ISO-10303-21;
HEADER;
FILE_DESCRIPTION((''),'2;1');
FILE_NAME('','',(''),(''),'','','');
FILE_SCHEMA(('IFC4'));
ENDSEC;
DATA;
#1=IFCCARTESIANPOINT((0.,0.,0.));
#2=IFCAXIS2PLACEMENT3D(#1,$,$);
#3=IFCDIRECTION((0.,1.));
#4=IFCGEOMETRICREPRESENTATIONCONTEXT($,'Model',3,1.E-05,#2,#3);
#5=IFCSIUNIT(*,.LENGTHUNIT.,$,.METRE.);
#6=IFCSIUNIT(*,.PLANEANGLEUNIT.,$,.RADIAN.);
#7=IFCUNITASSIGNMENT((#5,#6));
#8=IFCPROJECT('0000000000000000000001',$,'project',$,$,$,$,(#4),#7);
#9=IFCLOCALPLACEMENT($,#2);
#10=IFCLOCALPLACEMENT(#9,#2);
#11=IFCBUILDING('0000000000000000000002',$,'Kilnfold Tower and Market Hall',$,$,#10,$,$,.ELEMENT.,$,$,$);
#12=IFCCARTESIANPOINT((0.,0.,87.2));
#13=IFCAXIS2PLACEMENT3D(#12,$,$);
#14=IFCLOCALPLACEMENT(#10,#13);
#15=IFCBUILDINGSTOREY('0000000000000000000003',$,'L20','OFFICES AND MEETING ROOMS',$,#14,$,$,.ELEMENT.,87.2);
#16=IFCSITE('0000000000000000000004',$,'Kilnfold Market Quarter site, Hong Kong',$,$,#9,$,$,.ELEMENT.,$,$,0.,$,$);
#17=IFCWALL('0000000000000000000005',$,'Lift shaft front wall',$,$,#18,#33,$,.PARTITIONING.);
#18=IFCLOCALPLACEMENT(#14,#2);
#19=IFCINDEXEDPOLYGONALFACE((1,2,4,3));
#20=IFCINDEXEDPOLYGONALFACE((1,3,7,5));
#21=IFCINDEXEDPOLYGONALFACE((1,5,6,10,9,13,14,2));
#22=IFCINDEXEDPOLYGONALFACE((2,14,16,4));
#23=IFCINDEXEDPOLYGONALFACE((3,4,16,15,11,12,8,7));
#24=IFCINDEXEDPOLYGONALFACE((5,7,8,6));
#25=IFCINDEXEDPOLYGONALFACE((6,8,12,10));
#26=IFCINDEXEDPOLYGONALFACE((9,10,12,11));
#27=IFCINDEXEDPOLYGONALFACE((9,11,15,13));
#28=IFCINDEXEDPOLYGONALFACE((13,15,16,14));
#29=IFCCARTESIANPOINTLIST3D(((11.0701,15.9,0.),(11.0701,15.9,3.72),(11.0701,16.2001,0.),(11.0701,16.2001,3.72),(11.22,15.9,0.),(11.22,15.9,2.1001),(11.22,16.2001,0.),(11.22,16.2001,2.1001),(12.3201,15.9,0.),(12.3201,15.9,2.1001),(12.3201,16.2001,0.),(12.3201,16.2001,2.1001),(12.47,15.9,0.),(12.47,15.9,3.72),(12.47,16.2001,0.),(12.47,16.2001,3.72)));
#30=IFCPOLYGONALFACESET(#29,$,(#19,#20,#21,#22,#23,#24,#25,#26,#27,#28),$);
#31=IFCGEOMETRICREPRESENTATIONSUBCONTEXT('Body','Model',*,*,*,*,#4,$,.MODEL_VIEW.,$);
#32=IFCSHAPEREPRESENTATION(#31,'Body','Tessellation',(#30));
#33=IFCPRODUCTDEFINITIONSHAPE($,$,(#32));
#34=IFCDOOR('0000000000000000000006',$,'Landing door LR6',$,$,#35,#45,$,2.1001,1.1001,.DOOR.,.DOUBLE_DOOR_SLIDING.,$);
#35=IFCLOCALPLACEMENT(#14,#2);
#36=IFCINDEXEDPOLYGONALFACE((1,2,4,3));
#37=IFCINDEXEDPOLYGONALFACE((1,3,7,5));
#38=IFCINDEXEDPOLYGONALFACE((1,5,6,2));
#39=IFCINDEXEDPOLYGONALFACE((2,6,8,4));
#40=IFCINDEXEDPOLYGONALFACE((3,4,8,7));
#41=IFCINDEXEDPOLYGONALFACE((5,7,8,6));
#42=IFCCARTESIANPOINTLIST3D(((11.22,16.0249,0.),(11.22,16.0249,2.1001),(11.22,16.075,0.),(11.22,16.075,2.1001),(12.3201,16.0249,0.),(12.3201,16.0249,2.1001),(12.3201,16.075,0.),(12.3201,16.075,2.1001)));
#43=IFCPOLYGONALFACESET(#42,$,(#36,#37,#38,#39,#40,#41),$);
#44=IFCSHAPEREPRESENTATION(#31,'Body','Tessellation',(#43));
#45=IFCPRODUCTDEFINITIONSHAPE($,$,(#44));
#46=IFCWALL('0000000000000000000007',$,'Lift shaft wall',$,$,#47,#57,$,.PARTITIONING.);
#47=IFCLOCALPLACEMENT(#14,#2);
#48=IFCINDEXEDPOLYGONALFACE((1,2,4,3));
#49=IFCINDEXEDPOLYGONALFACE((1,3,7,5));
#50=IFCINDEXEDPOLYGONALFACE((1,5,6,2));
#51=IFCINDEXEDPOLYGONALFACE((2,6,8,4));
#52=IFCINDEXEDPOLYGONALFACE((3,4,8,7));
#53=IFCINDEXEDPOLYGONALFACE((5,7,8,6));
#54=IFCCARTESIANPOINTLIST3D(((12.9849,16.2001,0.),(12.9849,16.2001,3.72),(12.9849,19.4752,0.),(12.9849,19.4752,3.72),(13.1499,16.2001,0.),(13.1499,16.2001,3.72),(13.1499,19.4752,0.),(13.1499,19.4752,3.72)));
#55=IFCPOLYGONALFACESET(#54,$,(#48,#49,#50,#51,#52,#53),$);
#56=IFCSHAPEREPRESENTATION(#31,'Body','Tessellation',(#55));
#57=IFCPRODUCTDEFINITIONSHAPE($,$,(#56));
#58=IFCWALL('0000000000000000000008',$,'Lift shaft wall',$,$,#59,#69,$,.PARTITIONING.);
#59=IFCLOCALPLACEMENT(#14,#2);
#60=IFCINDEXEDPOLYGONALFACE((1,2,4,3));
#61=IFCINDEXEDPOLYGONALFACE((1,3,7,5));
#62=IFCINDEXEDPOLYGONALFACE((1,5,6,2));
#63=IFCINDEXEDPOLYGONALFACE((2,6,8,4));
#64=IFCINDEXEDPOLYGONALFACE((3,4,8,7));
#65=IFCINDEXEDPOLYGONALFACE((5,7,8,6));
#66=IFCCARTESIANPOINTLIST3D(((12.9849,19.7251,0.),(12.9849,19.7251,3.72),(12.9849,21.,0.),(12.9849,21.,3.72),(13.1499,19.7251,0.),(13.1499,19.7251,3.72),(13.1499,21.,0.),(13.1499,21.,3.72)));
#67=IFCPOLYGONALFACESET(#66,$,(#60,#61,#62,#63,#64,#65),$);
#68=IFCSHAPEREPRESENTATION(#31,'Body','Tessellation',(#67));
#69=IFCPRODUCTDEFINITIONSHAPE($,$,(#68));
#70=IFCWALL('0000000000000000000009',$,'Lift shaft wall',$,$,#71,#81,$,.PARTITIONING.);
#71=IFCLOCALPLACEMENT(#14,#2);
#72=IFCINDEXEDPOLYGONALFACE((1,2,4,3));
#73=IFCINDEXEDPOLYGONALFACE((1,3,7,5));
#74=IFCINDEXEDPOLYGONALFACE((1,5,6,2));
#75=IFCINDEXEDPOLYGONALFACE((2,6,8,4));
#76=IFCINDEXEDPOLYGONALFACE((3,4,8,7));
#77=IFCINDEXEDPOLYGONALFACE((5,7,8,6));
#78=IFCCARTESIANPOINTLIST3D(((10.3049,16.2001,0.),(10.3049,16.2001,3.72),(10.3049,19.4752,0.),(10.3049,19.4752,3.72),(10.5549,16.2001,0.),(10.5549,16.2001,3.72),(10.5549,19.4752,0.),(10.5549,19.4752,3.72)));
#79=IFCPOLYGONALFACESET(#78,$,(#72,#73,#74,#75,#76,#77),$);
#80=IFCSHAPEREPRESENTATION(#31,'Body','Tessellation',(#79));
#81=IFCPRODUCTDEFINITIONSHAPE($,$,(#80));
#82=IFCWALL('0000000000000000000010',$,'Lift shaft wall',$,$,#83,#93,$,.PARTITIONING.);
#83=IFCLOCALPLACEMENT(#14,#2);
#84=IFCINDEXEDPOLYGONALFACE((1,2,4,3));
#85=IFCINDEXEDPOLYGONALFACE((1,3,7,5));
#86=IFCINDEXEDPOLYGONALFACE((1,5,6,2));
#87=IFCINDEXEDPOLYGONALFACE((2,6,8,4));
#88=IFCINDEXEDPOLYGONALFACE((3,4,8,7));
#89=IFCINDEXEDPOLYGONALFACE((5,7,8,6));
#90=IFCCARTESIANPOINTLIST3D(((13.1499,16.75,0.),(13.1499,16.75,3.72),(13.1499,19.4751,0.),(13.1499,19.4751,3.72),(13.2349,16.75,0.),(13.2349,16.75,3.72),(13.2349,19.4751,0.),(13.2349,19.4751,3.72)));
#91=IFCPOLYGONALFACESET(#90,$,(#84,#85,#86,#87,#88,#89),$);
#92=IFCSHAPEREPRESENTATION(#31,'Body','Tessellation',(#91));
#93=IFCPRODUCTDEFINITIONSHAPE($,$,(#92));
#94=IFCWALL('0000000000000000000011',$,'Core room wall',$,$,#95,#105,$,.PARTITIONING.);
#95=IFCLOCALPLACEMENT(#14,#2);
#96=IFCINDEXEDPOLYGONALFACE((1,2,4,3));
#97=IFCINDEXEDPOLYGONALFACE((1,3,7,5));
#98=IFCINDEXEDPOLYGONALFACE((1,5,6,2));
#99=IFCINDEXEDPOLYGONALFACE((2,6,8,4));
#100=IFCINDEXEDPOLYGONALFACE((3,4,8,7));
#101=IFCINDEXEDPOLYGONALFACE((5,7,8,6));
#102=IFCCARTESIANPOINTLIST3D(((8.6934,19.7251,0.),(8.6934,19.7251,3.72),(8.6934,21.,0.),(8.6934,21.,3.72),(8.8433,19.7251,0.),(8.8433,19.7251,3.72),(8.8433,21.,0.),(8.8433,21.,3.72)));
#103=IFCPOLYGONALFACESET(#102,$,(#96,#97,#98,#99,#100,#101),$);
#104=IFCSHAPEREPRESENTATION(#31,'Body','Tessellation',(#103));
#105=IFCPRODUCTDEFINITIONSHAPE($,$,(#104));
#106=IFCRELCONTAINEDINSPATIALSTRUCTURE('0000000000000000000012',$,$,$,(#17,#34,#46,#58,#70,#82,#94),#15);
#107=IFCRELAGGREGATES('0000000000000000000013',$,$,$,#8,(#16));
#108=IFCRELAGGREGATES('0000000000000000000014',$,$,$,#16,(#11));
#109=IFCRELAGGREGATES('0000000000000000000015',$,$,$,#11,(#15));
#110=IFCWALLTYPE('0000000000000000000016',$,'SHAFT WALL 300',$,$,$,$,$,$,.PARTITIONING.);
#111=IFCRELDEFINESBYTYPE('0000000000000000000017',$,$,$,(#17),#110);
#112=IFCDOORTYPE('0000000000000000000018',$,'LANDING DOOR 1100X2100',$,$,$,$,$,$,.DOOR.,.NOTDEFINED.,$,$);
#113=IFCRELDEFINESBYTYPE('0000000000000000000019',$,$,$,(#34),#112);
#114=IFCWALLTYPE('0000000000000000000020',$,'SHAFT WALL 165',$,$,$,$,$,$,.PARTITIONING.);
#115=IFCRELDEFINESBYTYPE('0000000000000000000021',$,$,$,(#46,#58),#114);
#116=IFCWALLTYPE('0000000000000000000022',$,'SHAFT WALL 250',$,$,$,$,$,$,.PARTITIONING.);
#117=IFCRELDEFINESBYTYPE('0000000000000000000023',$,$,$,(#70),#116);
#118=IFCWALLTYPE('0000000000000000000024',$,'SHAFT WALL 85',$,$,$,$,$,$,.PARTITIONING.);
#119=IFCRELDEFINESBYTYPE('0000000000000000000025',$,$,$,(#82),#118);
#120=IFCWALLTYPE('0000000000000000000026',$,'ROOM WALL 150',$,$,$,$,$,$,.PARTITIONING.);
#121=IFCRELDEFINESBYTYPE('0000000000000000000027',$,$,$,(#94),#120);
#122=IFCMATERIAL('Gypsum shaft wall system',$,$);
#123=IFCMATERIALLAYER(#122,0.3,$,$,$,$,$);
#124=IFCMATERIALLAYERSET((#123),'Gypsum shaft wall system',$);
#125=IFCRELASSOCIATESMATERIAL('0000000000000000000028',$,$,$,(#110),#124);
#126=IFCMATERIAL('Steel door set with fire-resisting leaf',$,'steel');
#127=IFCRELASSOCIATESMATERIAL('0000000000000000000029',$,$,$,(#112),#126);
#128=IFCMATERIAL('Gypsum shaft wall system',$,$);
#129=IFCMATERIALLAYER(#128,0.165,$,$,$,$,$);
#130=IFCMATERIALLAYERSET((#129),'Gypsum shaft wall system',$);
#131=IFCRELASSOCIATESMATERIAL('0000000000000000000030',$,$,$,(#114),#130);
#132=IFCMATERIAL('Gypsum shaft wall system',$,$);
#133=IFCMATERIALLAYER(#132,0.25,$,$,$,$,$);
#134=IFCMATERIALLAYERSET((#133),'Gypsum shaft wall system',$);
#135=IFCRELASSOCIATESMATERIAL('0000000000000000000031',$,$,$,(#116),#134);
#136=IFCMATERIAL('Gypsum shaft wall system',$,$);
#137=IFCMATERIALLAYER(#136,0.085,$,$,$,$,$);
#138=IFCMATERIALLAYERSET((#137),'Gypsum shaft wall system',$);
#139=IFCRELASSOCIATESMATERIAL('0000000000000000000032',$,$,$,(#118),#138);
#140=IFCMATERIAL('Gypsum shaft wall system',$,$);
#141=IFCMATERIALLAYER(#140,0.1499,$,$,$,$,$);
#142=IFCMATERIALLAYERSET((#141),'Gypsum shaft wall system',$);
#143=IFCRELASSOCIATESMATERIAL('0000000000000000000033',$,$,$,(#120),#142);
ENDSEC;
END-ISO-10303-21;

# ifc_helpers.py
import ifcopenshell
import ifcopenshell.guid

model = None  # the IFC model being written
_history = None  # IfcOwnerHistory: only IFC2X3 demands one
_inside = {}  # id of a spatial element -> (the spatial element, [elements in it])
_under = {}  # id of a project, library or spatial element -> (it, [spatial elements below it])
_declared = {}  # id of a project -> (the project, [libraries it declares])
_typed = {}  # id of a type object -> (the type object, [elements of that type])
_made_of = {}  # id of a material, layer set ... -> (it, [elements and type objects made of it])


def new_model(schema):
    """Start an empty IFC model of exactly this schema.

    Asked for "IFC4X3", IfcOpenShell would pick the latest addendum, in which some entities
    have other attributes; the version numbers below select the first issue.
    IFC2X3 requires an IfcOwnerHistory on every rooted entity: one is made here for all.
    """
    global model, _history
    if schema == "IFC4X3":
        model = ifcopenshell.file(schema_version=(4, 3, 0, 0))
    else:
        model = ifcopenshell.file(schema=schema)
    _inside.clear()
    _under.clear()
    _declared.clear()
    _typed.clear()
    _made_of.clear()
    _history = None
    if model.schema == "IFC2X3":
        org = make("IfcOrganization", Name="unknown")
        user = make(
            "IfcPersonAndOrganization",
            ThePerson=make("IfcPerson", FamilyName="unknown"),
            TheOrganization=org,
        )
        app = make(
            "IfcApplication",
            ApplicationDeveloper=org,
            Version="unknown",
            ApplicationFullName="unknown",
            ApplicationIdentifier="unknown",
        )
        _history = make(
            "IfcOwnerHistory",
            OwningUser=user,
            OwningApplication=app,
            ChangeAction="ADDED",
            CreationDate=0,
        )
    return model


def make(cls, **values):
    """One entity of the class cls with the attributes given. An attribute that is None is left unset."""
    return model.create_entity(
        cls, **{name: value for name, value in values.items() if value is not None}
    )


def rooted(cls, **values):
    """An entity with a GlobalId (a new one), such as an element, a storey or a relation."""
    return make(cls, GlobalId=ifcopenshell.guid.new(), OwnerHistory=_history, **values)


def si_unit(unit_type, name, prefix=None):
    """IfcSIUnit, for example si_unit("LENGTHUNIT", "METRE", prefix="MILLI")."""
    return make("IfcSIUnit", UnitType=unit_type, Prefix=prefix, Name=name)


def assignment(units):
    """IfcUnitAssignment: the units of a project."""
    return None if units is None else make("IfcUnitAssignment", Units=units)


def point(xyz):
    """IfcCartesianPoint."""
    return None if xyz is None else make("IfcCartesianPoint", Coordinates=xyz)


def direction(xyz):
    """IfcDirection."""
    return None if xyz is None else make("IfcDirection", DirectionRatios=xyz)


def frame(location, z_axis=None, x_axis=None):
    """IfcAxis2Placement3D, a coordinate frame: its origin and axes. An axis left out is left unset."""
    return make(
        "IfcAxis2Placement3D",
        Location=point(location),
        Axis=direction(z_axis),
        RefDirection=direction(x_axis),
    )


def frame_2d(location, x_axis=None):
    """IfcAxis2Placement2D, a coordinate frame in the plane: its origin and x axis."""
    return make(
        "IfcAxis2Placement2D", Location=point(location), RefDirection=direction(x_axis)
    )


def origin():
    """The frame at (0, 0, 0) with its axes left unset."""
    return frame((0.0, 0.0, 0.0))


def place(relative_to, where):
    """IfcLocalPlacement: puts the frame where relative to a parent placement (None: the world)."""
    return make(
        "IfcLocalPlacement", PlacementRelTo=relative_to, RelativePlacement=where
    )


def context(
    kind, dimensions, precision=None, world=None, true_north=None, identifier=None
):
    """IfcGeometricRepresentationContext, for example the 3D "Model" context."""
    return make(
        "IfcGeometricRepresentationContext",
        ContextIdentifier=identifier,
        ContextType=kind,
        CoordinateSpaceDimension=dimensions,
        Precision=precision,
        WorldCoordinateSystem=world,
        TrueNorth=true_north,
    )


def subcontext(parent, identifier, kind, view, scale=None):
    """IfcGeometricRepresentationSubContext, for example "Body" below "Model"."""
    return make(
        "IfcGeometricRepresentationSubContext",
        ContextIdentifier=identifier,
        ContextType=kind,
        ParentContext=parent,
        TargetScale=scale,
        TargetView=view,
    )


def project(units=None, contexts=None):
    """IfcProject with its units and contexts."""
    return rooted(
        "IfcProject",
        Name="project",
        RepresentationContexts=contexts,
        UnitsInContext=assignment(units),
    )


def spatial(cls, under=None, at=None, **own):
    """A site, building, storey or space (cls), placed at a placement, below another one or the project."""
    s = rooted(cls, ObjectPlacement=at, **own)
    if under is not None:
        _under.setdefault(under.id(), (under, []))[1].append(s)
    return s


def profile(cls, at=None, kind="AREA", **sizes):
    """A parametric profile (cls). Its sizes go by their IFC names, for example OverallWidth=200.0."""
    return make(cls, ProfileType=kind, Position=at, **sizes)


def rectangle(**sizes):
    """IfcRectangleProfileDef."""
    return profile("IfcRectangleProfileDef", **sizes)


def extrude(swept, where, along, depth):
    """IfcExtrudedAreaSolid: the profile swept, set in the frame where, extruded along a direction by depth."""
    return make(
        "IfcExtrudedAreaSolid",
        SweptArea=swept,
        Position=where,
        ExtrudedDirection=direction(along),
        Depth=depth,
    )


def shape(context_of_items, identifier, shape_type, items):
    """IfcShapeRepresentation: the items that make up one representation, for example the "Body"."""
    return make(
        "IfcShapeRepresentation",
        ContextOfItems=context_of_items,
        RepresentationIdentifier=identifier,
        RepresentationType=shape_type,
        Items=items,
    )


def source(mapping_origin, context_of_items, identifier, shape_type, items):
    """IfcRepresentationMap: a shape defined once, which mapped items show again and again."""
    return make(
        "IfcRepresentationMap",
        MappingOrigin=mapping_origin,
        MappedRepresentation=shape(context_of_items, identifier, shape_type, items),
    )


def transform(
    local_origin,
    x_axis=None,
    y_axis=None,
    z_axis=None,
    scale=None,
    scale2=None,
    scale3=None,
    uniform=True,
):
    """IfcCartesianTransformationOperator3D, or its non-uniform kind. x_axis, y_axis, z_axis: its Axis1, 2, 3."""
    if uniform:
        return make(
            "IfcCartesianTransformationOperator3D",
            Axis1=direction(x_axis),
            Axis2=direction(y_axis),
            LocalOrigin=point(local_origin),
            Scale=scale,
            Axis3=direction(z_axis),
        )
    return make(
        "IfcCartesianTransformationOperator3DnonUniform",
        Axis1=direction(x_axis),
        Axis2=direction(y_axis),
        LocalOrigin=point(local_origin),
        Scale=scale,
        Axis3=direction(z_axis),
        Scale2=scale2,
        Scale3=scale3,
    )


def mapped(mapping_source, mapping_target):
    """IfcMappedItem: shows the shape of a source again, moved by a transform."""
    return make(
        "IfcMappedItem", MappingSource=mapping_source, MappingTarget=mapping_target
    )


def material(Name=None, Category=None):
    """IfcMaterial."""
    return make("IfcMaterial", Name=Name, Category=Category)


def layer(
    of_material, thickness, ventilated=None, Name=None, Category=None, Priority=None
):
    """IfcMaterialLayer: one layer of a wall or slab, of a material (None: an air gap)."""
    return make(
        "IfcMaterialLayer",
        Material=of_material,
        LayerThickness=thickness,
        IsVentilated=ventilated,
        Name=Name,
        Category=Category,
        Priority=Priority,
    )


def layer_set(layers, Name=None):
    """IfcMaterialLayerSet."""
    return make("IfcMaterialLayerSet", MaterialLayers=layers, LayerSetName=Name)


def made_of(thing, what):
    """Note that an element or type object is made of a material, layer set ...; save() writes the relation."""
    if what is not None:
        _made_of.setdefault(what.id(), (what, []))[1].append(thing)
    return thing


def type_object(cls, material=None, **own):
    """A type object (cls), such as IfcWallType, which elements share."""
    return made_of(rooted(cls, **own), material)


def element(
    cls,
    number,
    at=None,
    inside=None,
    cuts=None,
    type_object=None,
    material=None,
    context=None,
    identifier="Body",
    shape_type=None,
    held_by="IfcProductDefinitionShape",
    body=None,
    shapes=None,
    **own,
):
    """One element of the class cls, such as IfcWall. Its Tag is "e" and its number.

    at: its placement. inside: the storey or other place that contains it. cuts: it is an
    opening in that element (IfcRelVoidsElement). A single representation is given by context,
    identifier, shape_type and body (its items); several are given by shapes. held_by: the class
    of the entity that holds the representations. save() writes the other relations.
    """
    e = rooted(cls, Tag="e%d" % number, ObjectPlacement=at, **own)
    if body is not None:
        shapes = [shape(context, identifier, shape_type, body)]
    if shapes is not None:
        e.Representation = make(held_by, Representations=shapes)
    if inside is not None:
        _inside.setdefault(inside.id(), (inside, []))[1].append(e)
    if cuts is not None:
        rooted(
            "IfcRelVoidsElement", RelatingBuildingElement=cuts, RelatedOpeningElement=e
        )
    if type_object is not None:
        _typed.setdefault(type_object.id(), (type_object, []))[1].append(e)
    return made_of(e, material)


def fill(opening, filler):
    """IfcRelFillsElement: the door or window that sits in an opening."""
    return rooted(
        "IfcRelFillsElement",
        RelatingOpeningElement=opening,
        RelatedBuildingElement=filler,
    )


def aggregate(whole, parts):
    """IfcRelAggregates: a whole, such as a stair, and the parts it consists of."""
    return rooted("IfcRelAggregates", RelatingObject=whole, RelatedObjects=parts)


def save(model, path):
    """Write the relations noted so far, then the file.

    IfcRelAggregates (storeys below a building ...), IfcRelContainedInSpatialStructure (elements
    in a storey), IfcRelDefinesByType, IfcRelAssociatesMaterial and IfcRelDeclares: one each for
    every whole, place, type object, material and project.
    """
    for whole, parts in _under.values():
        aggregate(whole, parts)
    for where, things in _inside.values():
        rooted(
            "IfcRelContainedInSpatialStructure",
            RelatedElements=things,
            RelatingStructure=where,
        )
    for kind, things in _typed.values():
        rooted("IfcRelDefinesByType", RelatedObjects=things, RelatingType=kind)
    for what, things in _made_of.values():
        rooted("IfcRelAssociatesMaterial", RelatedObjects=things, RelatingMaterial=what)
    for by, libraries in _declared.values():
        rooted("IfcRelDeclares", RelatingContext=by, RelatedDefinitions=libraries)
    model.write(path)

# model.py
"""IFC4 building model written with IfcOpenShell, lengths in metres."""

from ifc_helpers import new_model, si_unit, direction, frame, frame_2d, origin, place, context, subcontext, project, spatial, rectangle, extrude, source, transform, mapped, material, layer, layer_set, type_object, element, fill, save


model = new_model("IFC4")

# Units and contexts
model_context = context("Model", 3, precision=1e-05, world=origin(), true_north=direction((0.0, 1.0)))
body_context = subcontext(model_context, "Body", "Model", "MODEL_VIEW")
ifc_project = project(units=[si_unit("LENGTHUNIT", "METRE"), si_unit("PLANEANGLEUNIT", "RADIAN")], contexts=[model_context])

# Site, building, storey
site_placement = place(None, origin())
site = spatial("IfcSite", under=ifc_project, at=site_placement, Name="Kilnfold Market Quarter site, Hong Kong", CompositionType="ELEMENT", RefElevation=0.0)
building_placement = place(site_placement, origin())
building = spatial("IfcBuilding", under=site, at=building_placement, Name="Kilnfold Tower and Market Hall", CompositionType="ELEMENT")
storey_placement = place(building_placement, frame((0.0, 0.0, 87.2)))
storey = spatial("IfcBuildingStorey", under=building, at=storey_placement, Name="L20", Description="OFFICES AND MEETING ROOMS", CompositionType="ELEMENT", Elevation=87.2)

# Wall, opening, door
ifc_material_1 = material(Name="Gypsum shaft wall system")
ifc_layer_1 = layer(ifc_material_1, 0.3)
ifc_layer_set_1 = layer_set([ifc_layer_1], Name="Gypsum shaft wall system")
wall_type_1 = type_object("IfcWallType", Name="SHAFT WALL 300", PredefinedType="PARTITIONING", material=ifc_layer_set_1)
shared_shape_1 = source(origin(), body_context, "Body", "SweptSolid", [
    extrude(rectangle(XDim=1.3999, YDim=0.3, at=frame_2d((0.7, 0.0))), origin(), (0.0, 0.0, 1.0), 3.72),
])
wall_1_placement = place(storey_placement, frame((11.0701, 16.05, 0.0), z_axis=(0.0, 0.0, 1.0), x_axis=(1.0, 0.0, 0.0)))
wall_1 = element("IfcWall", 1, at=wall_1_placement, inside=storey, type_object=wall_type_1, Name="Lift shaft front wall", PredefinedType="PARTITIONING", context=body_context, shape_type="MappedRepresentation", body=[
    mapped(shared_shape_1, transform((0.0, 0.0, 0.0))),
])
opening_1_placement = place(wall_1_placement, frame((0.1499, 0.0, 0.0)))
opening_1 = element("IfcOpeningElement", 2, at=opening_1_placement, cuts=wall_1, PredefinedType="OPENING", context=body_context, shape_type="SweptSolid", body=[
    extrude(rectangle(XDim=1.1001, YDim=2.1001, at=frame_2d((0.55, 1.05))), frame((0.0, 0.1602, 0.0), z_axis=(0.0, -1.0, 0.0), x_axis=(1.0, 0.0, 0.0)), (0.0, 0.0, 1.0), 0.3201),
])
ifc_material_2 = material(Name="Steel door set with fire-resisting leaf", Category="steel")
door_type_1 = type_object("IfcDoorType", Name="LANDING DOOR 1100X2100", OperationType="NOTDEFINED", PredefinedType="DOOR", material=ifc_material_2)
door_1_placement = place(opening_1_placement, origin())
door_1 = element("IfcDoor", 3, at=door_1_placement, inside=storey, type_object=door_type_1, Name="Landing door LR6", OperationType="DOUBLE_DOOR_SLIDING", OverallHeight=2.1001, OverallWidth=1.1001, PredefinedType="DOOR", context=body_context, shape_type="SweptSolid", body=[
    extrude(rectangle(XDim=1.1001, YDim=2.1001, at=frame_2d((0.55, 1.05))), frame((0.0, 0.0249, 0.0), z_axis=(0.0, -1.0, 0.0), x_axis=(1.0, 0.0, 0.0)), (0.0, 0.0, 1.0), 0.05),
])
fill(opening_1, door_1)

# Walls
ifc_material_3 = material(Name="Gypsum shaft wall system")
ifc_layer_2 = layer(ifc_material_3, 0.165)
ifc_layer_set_2 = layer_set([ifc_layer_2], Name="Gypsum shaft wall system")
wall_type_2 = type_object("IfcWallType", Name="SHAFT WALL 165", PredefinedType="PARTITIONING", material=ifc_layer_set_2)
shared_shape_2 = source(origin(), body_context, "Body", "SweptSolid", [
    extrude(rectangle(XDim=3.2751, YDim=0.165, at=frame_2d((1.6377, 0.0))), origin(), (0.0, 0.0, 1.0), 3.72),
])
wall_2_placement = place(storey_placement, frame((13.0674, 16.2, 0.0), z_axis=(0.0, 0.0, 1.0), x_axis=(0.0, 1.0, 0.0)))
element("IfcWall", 4, at=wall_2_placement, inside=storey, type_object=wall_type_2, Name="Lift shaft wall", PredefinedType="PARTITIONING", context=body_context, shape_type="MappedRepresentation", body=[
    mapped(shared_shape_2, transform((0.0, 0.0, 0.0))),
])
shared_shape_3 = source(origin(), body_context, "Body", "SweptSolid", [
    extrude(rectangle(XDim=1.2749, YDim=0.165, at=frame_2d((0.6375, 0.0))), origin(), (0.0, 0.0, 1.0), 3.72),
])
wall_3_placement = place(storey_placement, frame((13.0674, 19.7251, 0.0), z_axis=(0.0, 0.0, 1.0), x_axis=(0.0, 1.0, 0.0)))
element("IfcWall", 5, at=wall_3_placement, inside=storey, type_object=wall_type_2, Name="Lift shaft wall", PredefinedType="PARTITIONING", context=body_context, shape_type="MappedRepresentation", body=[
    mapped(shared_shape_3, transform((0.0, 0.0, 0.0))),
])
ifc_material_4 = material(Name="Gypsum shaft wall system")
ifc_layer_3 = layer(ifc_material_4, 0.25)
ifc_layer_set_3 = layer_set([ifc_layer_3], Name="Gypsum shaft wall system")
wall_type_3 = type_object("IfcWallType", Name="SHAFT WALL 250", PredefinedType="PARTITIONING", material=ifc_layer_set_3)
shared_shape_4 = source(origin(), body_context, "Body", "SweptSolid", [
    extrude(rectangle(XDim=3.2751, YDim=0.25, at=frame_2d((1.6377, 0.0))), origin(), (0.0, 0.0, 1.0), 3.72),
])
wall_4_placement = place(storey_placement, frame((10.4299, 16.2, 0.0), z_axis=(0.0, 0.0, 1.0), x_axis=(0.0, 1.0, 0.0)))
element("IfcWall", 6, at=wall_4_placement, inside=storey, type_object=wall_type_3, Name="Lift shaft wall", PredefinedType="PARTITIONING", context=body_context, shape_type="MappedRepresentation", body=[
    mapped(shared_shape_4, transform((0.0, 0.0, 0.0))),
])
ifc_material_5 = material(Name="Gypsum shaft wall system")
ifc_layer_4 = layer(ifc_material_5, 0.085)
ifc_layer_set_4 = layer_set([ifc_layer_4], Name="Gypsum shaft wall system")
wall_type_4 = type_object("IfcWallType", Name="SHAFT WALL 85", PredefinedType="PARTITIONING", material=ifc_layer_set_4)
shared_shape_5 = source(origin(), body_context, "Body", "SweptSolid", [
    extrude(rectangle(XDim=2.7251, YDim=0.085, at=frame_2d((1.3625, 0.0))), origin(), (0.0, 0.0, 1.0), 3.72),
])
wall_5_placement = place(storey_placement, frame((13.1924, 16.75, 0.0), z_axis=(0.0, 0.0, 1.0), x_axis=(0.0, 1.0, 0.0)))
element("IfcWall", 7, at=wall_5_placement, inside=storey, type_object=wall_type_4, Name="Lift shaft wall", PredefinedType="PARTITIONING", context=body_context, shape_type="MappedRepresentation", body=[
    mapped(shared_shape_5, transform((0.0, 0.0, 0.0))),
])
ifc_material_6 = material(Name="Gypsum shaft wall system")
ifc_layer_5 = layer(ifc_material_6, 0.1499)
ifc_layer_set_5 = layer_set([ifc_layer_5], Name="Gypsum shaft wall system")
wall_type_5 = type_object("IfcWallType", Name="ROOM WALL 150", PredefinedType="PARTITIONING", material=ifc_layer_set_5)
shared_shape_6 = source(origin(), body_context, "Body", "SweptSolid", [
    extrude(rectangle(XDim=1.2749, YDim=0.1499, at=frame_2d((0.6375, 0.0))), origin(), (0.0, 0.0, 1.0), 3.72),
])
wall_6_placement = place(storey_placement, frame((8.7683, 19.7251, 0.0), z_axis=(0.0, 0.0, 1.0), x_axis=(0.0, 1.0, 0.0)))
element("IfcWall", 8, at=wall_6_placement, inside=storey, type_object=wall_type_5, Name="Core room wall", PredefinedType="PARTITIONING", context=body_context, shape_type="MappedRepresentation", body=[
    mapped(shared_shape_6, transform((0.0, 0.0, 0.0))),
])

save(model, "model.ifc")
